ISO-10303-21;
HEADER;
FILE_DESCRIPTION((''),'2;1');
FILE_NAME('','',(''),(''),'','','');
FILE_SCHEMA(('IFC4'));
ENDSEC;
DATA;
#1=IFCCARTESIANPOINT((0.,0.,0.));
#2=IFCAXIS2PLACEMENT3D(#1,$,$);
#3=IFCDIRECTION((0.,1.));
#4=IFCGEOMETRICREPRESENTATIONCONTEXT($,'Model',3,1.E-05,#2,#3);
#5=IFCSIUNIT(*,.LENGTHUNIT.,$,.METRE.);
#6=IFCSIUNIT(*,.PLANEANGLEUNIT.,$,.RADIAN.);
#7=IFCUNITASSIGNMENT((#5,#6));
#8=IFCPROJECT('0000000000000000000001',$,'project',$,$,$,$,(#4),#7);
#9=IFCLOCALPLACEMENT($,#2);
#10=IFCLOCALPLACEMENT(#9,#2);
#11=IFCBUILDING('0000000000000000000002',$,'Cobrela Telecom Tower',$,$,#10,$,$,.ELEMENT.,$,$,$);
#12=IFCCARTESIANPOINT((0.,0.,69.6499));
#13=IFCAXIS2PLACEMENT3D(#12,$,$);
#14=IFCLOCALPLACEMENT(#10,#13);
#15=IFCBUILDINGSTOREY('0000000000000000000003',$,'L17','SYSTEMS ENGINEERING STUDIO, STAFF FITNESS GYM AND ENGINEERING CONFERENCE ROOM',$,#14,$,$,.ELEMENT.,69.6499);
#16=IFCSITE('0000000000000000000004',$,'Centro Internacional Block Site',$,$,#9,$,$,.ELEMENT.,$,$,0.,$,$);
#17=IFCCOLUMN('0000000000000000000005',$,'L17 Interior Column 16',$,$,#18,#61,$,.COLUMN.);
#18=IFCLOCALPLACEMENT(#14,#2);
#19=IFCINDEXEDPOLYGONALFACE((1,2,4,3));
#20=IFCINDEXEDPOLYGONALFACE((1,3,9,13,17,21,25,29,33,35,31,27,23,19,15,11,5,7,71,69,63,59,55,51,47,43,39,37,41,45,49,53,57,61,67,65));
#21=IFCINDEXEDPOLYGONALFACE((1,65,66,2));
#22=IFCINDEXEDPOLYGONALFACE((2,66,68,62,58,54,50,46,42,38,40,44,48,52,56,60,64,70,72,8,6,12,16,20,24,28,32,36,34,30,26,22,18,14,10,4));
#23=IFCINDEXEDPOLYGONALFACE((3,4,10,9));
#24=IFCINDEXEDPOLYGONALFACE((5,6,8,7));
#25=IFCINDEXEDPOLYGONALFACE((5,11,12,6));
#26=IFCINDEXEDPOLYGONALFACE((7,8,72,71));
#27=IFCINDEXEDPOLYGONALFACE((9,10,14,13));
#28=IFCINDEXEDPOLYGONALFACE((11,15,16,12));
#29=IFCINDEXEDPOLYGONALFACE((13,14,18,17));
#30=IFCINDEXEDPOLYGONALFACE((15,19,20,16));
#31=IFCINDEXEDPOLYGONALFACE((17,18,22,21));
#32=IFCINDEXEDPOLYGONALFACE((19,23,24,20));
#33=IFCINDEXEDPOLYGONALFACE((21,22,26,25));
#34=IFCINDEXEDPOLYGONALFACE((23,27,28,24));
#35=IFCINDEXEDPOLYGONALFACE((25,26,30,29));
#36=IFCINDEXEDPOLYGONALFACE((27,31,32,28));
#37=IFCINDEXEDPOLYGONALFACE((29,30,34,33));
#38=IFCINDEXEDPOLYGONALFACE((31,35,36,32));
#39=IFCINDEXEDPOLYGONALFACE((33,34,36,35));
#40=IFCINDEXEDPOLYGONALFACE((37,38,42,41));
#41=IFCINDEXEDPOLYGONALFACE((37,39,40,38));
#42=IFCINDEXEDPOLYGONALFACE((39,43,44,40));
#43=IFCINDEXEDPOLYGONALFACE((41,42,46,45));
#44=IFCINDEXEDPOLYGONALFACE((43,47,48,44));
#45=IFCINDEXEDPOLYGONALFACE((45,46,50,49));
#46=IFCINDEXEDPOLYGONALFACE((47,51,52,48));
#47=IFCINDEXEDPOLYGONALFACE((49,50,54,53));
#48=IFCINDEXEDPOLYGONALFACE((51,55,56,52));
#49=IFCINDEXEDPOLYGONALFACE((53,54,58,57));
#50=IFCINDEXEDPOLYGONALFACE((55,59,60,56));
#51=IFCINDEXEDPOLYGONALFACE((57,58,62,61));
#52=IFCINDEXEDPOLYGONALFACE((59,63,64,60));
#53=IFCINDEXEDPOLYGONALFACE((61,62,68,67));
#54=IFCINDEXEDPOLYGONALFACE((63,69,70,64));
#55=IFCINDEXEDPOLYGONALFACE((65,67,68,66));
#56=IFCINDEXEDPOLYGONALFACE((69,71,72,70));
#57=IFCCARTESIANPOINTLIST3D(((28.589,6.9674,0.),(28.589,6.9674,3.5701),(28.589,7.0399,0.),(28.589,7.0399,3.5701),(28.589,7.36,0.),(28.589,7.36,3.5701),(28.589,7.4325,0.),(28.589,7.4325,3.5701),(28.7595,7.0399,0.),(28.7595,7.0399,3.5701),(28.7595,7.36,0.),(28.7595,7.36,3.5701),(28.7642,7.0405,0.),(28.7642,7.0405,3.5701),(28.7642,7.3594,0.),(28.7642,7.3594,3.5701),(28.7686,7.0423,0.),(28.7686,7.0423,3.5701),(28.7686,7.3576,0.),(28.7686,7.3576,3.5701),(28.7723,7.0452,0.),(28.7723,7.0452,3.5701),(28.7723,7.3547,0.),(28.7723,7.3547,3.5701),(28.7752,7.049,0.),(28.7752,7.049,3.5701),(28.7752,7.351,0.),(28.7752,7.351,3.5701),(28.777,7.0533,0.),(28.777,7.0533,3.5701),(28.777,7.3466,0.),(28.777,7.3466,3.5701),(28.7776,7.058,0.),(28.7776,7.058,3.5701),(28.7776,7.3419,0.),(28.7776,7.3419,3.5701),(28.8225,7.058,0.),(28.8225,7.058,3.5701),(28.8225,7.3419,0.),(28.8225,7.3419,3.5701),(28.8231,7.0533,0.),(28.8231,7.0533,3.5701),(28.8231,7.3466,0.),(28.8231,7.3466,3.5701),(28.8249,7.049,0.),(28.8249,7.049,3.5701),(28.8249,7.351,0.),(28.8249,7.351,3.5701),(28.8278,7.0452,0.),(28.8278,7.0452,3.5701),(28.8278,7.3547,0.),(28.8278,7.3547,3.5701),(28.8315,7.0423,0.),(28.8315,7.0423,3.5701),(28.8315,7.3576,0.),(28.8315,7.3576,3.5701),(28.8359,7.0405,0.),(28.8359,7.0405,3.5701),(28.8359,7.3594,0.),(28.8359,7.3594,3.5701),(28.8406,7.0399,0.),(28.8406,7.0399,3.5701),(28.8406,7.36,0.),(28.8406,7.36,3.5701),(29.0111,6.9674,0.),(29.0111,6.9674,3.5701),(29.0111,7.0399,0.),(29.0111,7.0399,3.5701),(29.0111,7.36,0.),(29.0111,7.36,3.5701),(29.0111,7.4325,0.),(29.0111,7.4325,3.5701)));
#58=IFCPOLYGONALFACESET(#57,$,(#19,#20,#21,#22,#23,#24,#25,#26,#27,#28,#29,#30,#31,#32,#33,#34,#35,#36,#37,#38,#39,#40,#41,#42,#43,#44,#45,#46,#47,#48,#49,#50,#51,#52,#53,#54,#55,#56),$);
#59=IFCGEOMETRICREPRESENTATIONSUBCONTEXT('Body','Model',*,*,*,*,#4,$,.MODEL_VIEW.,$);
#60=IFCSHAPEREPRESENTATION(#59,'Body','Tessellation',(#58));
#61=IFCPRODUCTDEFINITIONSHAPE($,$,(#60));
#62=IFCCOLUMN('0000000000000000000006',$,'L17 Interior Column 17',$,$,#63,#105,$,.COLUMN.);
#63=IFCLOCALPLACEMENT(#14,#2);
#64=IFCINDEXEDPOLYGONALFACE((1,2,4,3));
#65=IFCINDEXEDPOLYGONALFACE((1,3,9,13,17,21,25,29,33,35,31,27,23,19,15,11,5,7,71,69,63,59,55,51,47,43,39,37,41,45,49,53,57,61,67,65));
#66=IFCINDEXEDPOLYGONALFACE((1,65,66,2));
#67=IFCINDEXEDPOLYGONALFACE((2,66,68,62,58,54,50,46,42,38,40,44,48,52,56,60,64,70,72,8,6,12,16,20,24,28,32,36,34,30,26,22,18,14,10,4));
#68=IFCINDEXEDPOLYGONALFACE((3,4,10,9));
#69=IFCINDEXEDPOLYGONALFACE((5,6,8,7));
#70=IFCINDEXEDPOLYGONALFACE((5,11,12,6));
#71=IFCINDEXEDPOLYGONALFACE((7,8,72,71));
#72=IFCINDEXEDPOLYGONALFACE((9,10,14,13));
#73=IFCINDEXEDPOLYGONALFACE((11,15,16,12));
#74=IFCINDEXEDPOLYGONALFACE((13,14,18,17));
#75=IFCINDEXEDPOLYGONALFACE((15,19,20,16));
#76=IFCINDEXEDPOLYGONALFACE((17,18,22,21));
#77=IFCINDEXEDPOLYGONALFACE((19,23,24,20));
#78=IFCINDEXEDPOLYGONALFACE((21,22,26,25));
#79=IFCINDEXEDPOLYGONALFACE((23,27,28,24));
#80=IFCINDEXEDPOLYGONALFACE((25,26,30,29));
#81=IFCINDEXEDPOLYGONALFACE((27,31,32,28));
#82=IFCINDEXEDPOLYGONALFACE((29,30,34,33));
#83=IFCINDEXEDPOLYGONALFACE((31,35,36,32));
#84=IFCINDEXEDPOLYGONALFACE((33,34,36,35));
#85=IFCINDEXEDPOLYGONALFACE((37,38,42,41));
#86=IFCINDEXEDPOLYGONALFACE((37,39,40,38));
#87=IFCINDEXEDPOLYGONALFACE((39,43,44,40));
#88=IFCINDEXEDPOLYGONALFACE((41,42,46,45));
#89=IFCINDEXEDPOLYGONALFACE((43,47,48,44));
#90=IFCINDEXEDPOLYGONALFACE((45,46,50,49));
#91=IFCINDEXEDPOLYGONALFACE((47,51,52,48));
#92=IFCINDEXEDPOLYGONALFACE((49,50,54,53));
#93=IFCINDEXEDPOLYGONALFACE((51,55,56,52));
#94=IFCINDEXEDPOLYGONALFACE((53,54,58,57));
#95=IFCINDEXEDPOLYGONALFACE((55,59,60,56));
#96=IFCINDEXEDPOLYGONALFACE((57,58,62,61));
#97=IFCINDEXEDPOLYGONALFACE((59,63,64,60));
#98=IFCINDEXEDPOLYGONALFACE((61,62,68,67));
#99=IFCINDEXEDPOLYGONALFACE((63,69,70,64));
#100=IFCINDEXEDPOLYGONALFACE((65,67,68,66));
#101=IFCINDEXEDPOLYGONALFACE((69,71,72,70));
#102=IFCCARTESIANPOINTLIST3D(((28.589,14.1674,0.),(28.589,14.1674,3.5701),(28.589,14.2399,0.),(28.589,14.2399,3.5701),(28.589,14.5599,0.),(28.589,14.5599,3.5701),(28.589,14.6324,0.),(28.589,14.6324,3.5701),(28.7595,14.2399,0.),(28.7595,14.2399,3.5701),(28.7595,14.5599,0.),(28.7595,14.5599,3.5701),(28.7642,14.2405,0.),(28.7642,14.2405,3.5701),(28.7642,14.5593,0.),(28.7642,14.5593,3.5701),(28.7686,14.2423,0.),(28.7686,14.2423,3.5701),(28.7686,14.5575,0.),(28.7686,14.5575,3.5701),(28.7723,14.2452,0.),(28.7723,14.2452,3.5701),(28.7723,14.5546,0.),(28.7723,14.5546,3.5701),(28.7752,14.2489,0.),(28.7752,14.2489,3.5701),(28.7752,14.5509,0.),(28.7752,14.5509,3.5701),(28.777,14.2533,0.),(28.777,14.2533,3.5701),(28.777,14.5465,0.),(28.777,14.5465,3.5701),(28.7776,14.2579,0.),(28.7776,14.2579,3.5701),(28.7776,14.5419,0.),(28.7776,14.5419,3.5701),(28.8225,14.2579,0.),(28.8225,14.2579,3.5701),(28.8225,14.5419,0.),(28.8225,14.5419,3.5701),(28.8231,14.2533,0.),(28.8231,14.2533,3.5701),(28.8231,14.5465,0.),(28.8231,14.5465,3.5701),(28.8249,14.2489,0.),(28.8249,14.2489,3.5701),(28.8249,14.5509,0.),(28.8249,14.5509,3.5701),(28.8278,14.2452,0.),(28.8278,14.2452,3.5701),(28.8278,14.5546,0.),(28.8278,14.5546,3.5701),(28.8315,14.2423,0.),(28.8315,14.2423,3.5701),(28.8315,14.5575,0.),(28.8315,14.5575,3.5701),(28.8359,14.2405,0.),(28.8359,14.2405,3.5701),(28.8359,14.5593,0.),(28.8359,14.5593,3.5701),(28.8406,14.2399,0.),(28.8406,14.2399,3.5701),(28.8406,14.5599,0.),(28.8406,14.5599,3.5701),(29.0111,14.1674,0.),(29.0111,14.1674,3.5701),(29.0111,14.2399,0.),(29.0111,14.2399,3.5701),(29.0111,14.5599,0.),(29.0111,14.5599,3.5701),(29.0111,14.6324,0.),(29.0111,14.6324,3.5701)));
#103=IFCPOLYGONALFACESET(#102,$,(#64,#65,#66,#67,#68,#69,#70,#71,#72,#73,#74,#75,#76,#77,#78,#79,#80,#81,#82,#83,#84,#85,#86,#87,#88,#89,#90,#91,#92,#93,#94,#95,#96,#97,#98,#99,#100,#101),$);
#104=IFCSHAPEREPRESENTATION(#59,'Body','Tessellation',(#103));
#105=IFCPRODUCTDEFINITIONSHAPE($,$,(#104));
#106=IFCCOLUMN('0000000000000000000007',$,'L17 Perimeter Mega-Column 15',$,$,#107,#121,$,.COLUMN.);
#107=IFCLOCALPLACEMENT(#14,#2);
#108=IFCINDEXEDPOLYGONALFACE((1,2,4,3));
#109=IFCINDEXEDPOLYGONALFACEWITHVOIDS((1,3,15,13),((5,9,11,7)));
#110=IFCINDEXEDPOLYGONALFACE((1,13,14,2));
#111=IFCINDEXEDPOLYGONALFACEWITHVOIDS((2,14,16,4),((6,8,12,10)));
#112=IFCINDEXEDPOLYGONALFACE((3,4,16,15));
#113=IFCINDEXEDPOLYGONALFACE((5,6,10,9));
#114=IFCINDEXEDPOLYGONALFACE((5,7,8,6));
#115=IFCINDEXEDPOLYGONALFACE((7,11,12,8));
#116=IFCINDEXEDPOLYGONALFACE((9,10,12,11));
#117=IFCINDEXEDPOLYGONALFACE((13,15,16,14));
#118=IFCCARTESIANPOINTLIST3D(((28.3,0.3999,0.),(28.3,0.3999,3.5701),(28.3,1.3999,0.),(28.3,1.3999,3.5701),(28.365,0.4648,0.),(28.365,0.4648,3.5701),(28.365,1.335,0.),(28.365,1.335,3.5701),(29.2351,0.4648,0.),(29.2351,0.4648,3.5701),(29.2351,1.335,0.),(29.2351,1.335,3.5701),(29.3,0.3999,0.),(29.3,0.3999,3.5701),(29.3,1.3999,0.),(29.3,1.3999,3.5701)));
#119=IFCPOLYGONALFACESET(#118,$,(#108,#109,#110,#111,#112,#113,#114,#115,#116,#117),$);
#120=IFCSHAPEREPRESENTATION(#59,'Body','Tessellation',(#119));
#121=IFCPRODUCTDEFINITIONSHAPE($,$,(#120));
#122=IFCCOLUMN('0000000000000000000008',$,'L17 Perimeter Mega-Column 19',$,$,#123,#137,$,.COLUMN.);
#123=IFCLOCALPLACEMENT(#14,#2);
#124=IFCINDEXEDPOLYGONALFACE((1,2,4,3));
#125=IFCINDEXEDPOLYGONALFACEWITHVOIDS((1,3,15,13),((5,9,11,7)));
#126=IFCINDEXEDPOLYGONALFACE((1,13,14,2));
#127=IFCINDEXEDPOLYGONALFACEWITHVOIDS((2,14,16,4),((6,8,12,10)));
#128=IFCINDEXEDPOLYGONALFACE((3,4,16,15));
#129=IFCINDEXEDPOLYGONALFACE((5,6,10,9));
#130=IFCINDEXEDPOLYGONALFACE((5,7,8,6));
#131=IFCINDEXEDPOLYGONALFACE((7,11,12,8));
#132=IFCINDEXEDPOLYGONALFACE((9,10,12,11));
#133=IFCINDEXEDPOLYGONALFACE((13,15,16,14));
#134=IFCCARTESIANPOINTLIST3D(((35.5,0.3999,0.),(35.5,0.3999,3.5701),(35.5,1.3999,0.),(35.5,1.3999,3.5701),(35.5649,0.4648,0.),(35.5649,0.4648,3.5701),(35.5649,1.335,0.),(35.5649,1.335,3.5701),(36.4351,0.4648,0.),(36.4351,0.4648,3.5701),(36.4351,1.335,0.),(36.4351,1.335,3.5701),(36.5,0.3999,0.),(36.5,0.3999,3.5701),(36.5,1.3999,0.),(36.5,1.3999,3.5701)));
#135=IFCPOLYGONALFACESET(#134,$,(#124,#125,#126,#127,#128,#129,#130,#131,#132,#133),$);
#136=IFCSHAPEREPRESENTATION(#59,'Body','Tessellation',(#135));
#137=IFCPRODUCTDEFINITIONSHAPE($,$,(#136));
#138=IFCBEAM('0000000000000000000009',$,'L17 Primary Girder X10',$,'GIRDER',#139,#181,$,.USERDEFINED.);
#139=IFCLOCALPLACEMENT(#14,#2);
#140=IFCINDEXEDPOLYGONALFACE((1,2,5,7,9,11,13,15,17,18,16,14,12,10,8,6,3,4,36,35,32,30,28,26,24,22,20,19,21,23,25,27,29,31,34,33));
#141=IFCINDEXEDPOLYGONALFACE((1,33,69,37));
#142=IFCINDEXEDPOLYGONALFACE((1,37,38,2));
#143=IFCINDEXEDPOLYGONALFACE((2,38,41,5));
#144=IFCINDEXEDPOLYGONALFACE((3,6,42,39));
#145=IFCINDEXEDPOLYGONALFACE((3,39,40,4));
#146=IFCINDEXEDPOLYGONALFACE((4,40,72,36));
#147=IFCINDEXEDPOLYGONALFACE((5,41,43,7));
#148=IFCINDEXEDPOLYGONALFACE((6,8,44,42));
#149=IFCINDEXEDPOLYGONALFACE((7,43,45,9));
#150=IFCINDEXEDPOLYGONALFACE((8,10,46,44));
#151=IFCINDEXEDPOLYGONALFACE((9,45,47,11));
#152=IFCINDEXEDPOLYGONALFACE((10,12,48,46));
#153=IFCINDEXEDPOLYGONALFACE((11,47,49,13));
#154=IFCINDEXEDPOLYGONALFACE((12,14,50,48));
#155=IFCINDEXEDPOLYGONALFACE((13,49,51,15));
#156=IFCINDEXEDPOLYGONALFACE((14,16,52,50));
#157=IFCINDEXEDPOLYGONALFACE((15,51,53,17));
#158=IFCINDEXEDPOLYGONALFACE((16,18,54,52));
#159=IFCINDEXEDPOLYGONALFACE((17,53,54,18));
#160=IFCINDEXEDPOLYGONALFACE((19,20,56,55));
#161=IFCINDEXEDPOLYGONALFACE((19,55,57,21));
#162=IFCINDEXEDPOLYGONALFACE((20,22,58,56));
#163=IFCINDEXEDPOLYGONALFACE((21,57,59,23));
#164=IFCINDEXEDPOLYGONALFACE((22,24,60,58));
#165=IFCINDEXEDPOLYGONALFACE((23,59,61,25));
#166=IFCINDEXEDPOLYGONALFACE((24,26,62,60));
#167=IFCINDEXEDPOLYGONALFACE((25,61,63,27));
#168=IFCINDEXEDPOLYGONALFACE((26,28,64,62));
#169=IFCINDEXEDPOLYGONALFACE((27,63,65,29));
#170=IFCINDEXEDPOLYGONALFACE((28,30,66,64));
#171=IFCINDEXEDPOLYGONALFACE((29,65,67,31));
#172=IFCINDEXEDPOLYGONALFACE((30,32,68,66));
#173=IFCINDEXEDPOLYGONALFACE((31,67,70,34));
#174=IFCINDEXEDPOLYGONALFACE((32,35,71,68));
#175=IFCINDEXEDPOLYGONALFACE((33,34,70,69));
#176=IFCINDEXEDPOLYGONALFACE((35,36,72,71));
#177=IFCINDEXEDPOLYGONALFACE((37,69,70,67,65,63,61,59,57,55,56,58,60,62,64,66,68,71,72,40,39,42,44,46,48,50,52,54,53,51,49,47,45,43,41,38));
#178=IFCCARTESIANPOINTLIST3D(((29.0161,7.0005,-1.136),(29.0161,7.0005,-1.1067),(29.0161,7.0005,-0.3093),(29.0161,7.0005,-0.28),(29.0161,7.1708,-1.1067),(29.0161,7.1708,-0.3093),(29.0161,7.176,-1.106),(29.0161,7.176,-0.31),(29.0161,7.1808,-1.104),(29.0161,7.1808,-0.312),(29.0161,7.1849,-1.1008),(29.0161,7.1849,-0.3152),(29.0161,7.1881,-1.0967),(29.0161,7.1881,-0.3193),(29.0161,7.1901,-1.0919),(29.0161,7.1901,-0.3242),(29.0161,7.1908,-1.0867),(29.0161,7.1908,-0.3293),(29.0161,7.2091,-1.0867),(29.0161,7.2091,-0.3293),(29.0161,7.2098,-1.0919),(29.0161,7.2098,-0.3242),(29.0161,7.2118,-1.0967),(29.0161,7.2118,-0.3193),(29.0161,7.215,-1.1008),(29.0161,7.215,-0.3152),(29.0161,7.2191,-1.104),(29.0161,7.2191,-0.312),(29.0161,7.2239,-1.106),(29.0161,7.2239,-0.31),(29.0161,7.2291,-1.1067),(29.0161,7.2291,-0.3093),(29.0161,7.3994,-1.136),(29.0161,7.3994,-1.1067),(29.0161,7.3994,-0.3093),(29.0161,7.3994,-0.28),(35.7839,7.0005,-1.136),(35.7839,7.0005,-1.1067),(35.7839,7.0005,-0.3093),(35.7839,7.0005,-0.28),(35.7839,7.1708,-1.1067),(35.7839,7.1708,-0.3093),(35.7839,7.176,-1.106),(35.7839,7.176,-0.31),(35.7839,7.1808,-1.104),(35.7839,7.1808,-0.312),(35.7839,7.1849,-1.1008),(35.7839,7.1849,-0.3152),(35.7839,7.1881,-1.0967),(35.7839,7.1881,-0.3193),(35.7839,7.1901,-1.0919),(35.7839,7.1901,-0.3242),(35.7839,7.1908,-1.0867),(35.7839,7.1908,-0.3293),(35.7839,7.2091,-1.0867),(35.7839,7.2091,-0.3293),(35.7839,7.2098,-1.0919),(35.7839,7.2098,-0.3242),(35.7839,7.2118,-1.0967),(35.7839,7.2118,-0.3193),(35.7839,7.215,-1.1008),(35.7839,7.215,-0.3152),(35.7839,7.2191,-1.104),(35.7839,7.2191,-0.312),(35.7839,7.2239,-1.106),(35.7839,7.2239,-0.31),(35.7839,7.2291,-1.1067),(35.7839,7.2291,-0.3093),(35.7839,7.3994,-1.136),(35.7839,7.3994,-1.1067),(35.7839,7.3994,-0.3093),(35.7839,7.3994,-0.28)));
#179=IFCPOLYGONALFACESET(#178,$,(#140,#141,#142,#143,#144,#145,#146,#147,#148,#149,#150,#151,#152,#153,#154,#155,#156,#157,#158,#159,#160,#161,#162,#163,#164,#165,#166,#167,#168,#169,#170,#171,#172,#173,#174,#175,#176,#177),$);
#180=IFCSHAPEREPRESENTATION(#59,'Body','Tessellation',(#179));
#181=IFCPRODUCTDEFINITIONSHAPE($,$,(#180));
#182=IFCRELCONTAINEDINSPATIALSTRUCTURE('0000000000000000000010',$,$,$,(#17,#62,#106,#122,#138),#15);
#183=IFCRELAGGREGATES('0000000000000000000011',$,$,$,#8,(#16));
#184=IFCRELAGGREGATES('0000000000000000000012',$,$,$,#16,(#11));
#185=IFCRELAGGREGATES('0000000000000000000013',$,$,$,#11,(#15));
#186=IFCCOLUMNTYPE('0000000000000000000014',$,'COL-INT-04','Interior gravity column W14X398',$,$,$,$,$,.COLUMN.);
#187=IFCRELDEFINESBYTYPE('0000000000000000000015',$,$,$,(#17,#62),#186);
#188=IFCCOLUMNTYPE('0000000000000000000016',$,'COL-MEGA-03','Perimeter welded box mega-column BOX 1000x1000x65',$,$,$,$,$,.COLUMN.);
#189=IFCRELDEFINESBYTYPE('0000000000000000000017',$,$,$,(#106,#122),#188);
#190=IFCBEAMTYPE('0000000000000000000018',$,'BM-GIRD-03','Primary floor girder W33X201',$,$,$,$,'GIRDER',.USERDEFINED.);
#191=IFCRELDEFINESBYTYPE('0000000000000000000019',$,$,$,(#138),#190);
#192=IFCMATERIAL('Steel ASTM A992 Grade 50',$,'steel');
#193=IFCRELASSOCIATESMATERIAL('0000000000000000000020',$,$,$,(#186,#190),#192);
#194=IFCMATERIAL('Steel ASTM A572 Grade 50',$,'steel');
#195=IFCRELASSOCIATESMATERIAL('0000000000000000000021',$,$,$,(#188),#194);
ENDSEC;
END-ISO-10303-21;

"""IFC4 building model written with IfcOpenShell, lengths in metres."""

from ifc_helpers import new_model, si_unit, direction, frame, origin, origin_2d, place, context, subcontext, project, spatial, hollow_rectangle, i_section, extrude, material, material_profile, profile_set, type_object, element, save


model = new_model("IFC4")

# Units and contexts
model_context = context("Model", 3, precision=1e-05, world=origin(), true_north=direction((0.0, 1.0)))
body_context = subcontext(model_context, "Body", "Model", "MODEL_VIEW")
ifc_project = project(units=[si_unit("LENGTHUNIT", "METRE"), si_unit("PLANEANGLEUNIT", "RADIAN")], contexts=[model_context])

# Site, building, storey
site_placement = place(None, origin())
site = spatial("IfcSite", under=ifc_project, at=site_placement, Name="Centro Internacional Block Site", CompositionType="ELEMENT", RefElevation=0.0)
building_placement = place(site_placement, origin())
building = spatial("IfcBuilding", under=site, at=building_placement, Name="Cobrela Telecom Tower", CompositionType="ELEMENT")
storey_placement = place(building_placement, frame((0.0, 0.0, 69.6499)))
storey = spatial("IfcBuildingStorey", under=building, at=storey_placement, Name="L17", Description="SYSTEMS ENGINEERING STUDIO, STAFF FITNESS GYM AND ENGINEERING CONFERENCE ROOM", CompositionType="ELEMENT", Elevation=69.6499)

# Columns
ifc_material_1 = material(Name="Steel ASTM A992 Grade 50", Category="steel")
ifc_material_profile_1 = material_profile(ifc_material_1, i_section(OverallWidth=0.4221, OverallDepth=0.4651, WebThickness=0.0449, FlangeThickness=0.0725, FilletRadius=0.0181, at=origin_2d()), Name="W14X398")
ifc_profile_set_1 = profile_set([ifc_material_profile_1], Name="Steel ASTM A992 Grade 50")
column_type_1 = type_object("IfcColumnType", Name="COL-INT-04", Description="Interior gravity column W14X398", PredefinedType="COLUMN", material=ifc_profile_set_1)
for number, where, z_axis, x_axis, name in (
    (1, (28.8, 7.2, 0.0), (0.0, 0.0, 1.0), (1.0, 0.0, 0.0), "L17 Interior Column 16"),
    (2, (28.8, 14.3999, 0.0), (0.0, 0.0, 1.0), (1.0, 0.0, 0.0), "L17 Interior Column 17"),
):
    element("IfcColumn", number, at=place(storey_placement, frame(where, z_axis=z_axis, x_axis=x_axis)), inside=storey, type_object=column_type_1, Name=name, PredefinedType="COLUMN", context=body_context, shape_type="SweptSolid", body=[
        extrude(i_section(OverallWidth=0.4221, OverallDepth=0.4651, WebThickness=0.0449, FlangeThickness=0.0725, FilletRadius=0.0181, at=origin_2d()), origin(), (0.0, 0.0, 1.0), 3.5701),
    ])
ifc_material_2 = material(Name="Steel ASTM A572 Grade 50", Category="steel")
ifc_material_profile_2 = material_profile(ifc_material_2, hollow_rectangle(XDim=1.0, YDim=1.0, WallThickness=0.0649, at=origin_2d()), Name="BOX 1000x1000x65")
ifc_profile_set_2 = profile_set([ifc_material_profile_2], Name="Steel ASTM A572 Grade 50")
column_type_2 = type_object("IfcColumnType", Name="COL-MEGA-03", Description="Perimeter welded box mega-column BOX 1000x1000x65", PredefinedType="COLUMN", material=ifc_profile_set_2)
for number, where, z_axis, x_axis, name in (
    (3, (28.8, 0.8999, 0.0), (0.0, 0.0, 1.0), (1.0, 0.0, 0.0), "L17 Perimeter Mega-Column 15"),
    (4, (36.0, 0.8999, 0.0), (0.0, 0.0, 1.0), (1.0, 0.0, 0.0), "L17 Perimeter Mega-Column 19"),
):
    element("IfcColumn", number, at=place(storey_placement, frame(where, z_axis=z_axis, x_axis=x_axis)), inside=storey, type_object=column_type_2, Name=name, PredefinedType="COLUMN", context=body_context, shape_type="SweptSolid", body=[
        extrude(hollow_rectangle(XDim=1.0, YDim=1.0, WallThickness=0.0649, at=origin_2d()), origin(), (0.0, 0.0, 1.0), 3.5701),
    ])

# Beam
ifc_material_profile_3 = material_profile(ifc_material_1, i_section(OverallWidth=0.3989, OverallDepth=0.856, WebThickness=0.0183, FlangeThickness=0.0293, FilletRadius=0.02, at=origin_2d()), Name="W33X201")
ifc_profile_set_3 = profile_set([ifc_material_profile_3], Name="Steel ASTM A992 Grade 50")
beam_type_1 = type_object("IfcBeamType", Name="BM-GIRD-03", Description="Primary floor girder W33X201", ElementType="GIRDER", PredefinedType="USERDEFINED", material=ifc_profile_set_3)
for number, where, z_axis, x_axis, name in (
    (5, (29.0161, 7.2, -0.708), (1.0, 0.0, 0.0), (0.0, 1.0, 0.0), "L17 Primary Girder X10"),
):
    element("IfcBeam", number, at=place(storey_placement, frame(where, z_axis=z_axis, x_axis=x_axis)), inside=storey, type_object=beam_type_1, Name=name, ObjectType="GIRDER", PredefinedType="USERDEFINED", context=body_context, shape_type="SweptSolid", body=[
        extrude(i_section(OverallWidth=0.3989, OverallDepth=0.856, WebThickness=0.0183, FlangeThickness=0.0293, FilletRadius=0.02, at=origin_2d()), origin(), (0.0, 0.0, 1.0), 6.7678),
    ])

save(model, "model.ifc")
